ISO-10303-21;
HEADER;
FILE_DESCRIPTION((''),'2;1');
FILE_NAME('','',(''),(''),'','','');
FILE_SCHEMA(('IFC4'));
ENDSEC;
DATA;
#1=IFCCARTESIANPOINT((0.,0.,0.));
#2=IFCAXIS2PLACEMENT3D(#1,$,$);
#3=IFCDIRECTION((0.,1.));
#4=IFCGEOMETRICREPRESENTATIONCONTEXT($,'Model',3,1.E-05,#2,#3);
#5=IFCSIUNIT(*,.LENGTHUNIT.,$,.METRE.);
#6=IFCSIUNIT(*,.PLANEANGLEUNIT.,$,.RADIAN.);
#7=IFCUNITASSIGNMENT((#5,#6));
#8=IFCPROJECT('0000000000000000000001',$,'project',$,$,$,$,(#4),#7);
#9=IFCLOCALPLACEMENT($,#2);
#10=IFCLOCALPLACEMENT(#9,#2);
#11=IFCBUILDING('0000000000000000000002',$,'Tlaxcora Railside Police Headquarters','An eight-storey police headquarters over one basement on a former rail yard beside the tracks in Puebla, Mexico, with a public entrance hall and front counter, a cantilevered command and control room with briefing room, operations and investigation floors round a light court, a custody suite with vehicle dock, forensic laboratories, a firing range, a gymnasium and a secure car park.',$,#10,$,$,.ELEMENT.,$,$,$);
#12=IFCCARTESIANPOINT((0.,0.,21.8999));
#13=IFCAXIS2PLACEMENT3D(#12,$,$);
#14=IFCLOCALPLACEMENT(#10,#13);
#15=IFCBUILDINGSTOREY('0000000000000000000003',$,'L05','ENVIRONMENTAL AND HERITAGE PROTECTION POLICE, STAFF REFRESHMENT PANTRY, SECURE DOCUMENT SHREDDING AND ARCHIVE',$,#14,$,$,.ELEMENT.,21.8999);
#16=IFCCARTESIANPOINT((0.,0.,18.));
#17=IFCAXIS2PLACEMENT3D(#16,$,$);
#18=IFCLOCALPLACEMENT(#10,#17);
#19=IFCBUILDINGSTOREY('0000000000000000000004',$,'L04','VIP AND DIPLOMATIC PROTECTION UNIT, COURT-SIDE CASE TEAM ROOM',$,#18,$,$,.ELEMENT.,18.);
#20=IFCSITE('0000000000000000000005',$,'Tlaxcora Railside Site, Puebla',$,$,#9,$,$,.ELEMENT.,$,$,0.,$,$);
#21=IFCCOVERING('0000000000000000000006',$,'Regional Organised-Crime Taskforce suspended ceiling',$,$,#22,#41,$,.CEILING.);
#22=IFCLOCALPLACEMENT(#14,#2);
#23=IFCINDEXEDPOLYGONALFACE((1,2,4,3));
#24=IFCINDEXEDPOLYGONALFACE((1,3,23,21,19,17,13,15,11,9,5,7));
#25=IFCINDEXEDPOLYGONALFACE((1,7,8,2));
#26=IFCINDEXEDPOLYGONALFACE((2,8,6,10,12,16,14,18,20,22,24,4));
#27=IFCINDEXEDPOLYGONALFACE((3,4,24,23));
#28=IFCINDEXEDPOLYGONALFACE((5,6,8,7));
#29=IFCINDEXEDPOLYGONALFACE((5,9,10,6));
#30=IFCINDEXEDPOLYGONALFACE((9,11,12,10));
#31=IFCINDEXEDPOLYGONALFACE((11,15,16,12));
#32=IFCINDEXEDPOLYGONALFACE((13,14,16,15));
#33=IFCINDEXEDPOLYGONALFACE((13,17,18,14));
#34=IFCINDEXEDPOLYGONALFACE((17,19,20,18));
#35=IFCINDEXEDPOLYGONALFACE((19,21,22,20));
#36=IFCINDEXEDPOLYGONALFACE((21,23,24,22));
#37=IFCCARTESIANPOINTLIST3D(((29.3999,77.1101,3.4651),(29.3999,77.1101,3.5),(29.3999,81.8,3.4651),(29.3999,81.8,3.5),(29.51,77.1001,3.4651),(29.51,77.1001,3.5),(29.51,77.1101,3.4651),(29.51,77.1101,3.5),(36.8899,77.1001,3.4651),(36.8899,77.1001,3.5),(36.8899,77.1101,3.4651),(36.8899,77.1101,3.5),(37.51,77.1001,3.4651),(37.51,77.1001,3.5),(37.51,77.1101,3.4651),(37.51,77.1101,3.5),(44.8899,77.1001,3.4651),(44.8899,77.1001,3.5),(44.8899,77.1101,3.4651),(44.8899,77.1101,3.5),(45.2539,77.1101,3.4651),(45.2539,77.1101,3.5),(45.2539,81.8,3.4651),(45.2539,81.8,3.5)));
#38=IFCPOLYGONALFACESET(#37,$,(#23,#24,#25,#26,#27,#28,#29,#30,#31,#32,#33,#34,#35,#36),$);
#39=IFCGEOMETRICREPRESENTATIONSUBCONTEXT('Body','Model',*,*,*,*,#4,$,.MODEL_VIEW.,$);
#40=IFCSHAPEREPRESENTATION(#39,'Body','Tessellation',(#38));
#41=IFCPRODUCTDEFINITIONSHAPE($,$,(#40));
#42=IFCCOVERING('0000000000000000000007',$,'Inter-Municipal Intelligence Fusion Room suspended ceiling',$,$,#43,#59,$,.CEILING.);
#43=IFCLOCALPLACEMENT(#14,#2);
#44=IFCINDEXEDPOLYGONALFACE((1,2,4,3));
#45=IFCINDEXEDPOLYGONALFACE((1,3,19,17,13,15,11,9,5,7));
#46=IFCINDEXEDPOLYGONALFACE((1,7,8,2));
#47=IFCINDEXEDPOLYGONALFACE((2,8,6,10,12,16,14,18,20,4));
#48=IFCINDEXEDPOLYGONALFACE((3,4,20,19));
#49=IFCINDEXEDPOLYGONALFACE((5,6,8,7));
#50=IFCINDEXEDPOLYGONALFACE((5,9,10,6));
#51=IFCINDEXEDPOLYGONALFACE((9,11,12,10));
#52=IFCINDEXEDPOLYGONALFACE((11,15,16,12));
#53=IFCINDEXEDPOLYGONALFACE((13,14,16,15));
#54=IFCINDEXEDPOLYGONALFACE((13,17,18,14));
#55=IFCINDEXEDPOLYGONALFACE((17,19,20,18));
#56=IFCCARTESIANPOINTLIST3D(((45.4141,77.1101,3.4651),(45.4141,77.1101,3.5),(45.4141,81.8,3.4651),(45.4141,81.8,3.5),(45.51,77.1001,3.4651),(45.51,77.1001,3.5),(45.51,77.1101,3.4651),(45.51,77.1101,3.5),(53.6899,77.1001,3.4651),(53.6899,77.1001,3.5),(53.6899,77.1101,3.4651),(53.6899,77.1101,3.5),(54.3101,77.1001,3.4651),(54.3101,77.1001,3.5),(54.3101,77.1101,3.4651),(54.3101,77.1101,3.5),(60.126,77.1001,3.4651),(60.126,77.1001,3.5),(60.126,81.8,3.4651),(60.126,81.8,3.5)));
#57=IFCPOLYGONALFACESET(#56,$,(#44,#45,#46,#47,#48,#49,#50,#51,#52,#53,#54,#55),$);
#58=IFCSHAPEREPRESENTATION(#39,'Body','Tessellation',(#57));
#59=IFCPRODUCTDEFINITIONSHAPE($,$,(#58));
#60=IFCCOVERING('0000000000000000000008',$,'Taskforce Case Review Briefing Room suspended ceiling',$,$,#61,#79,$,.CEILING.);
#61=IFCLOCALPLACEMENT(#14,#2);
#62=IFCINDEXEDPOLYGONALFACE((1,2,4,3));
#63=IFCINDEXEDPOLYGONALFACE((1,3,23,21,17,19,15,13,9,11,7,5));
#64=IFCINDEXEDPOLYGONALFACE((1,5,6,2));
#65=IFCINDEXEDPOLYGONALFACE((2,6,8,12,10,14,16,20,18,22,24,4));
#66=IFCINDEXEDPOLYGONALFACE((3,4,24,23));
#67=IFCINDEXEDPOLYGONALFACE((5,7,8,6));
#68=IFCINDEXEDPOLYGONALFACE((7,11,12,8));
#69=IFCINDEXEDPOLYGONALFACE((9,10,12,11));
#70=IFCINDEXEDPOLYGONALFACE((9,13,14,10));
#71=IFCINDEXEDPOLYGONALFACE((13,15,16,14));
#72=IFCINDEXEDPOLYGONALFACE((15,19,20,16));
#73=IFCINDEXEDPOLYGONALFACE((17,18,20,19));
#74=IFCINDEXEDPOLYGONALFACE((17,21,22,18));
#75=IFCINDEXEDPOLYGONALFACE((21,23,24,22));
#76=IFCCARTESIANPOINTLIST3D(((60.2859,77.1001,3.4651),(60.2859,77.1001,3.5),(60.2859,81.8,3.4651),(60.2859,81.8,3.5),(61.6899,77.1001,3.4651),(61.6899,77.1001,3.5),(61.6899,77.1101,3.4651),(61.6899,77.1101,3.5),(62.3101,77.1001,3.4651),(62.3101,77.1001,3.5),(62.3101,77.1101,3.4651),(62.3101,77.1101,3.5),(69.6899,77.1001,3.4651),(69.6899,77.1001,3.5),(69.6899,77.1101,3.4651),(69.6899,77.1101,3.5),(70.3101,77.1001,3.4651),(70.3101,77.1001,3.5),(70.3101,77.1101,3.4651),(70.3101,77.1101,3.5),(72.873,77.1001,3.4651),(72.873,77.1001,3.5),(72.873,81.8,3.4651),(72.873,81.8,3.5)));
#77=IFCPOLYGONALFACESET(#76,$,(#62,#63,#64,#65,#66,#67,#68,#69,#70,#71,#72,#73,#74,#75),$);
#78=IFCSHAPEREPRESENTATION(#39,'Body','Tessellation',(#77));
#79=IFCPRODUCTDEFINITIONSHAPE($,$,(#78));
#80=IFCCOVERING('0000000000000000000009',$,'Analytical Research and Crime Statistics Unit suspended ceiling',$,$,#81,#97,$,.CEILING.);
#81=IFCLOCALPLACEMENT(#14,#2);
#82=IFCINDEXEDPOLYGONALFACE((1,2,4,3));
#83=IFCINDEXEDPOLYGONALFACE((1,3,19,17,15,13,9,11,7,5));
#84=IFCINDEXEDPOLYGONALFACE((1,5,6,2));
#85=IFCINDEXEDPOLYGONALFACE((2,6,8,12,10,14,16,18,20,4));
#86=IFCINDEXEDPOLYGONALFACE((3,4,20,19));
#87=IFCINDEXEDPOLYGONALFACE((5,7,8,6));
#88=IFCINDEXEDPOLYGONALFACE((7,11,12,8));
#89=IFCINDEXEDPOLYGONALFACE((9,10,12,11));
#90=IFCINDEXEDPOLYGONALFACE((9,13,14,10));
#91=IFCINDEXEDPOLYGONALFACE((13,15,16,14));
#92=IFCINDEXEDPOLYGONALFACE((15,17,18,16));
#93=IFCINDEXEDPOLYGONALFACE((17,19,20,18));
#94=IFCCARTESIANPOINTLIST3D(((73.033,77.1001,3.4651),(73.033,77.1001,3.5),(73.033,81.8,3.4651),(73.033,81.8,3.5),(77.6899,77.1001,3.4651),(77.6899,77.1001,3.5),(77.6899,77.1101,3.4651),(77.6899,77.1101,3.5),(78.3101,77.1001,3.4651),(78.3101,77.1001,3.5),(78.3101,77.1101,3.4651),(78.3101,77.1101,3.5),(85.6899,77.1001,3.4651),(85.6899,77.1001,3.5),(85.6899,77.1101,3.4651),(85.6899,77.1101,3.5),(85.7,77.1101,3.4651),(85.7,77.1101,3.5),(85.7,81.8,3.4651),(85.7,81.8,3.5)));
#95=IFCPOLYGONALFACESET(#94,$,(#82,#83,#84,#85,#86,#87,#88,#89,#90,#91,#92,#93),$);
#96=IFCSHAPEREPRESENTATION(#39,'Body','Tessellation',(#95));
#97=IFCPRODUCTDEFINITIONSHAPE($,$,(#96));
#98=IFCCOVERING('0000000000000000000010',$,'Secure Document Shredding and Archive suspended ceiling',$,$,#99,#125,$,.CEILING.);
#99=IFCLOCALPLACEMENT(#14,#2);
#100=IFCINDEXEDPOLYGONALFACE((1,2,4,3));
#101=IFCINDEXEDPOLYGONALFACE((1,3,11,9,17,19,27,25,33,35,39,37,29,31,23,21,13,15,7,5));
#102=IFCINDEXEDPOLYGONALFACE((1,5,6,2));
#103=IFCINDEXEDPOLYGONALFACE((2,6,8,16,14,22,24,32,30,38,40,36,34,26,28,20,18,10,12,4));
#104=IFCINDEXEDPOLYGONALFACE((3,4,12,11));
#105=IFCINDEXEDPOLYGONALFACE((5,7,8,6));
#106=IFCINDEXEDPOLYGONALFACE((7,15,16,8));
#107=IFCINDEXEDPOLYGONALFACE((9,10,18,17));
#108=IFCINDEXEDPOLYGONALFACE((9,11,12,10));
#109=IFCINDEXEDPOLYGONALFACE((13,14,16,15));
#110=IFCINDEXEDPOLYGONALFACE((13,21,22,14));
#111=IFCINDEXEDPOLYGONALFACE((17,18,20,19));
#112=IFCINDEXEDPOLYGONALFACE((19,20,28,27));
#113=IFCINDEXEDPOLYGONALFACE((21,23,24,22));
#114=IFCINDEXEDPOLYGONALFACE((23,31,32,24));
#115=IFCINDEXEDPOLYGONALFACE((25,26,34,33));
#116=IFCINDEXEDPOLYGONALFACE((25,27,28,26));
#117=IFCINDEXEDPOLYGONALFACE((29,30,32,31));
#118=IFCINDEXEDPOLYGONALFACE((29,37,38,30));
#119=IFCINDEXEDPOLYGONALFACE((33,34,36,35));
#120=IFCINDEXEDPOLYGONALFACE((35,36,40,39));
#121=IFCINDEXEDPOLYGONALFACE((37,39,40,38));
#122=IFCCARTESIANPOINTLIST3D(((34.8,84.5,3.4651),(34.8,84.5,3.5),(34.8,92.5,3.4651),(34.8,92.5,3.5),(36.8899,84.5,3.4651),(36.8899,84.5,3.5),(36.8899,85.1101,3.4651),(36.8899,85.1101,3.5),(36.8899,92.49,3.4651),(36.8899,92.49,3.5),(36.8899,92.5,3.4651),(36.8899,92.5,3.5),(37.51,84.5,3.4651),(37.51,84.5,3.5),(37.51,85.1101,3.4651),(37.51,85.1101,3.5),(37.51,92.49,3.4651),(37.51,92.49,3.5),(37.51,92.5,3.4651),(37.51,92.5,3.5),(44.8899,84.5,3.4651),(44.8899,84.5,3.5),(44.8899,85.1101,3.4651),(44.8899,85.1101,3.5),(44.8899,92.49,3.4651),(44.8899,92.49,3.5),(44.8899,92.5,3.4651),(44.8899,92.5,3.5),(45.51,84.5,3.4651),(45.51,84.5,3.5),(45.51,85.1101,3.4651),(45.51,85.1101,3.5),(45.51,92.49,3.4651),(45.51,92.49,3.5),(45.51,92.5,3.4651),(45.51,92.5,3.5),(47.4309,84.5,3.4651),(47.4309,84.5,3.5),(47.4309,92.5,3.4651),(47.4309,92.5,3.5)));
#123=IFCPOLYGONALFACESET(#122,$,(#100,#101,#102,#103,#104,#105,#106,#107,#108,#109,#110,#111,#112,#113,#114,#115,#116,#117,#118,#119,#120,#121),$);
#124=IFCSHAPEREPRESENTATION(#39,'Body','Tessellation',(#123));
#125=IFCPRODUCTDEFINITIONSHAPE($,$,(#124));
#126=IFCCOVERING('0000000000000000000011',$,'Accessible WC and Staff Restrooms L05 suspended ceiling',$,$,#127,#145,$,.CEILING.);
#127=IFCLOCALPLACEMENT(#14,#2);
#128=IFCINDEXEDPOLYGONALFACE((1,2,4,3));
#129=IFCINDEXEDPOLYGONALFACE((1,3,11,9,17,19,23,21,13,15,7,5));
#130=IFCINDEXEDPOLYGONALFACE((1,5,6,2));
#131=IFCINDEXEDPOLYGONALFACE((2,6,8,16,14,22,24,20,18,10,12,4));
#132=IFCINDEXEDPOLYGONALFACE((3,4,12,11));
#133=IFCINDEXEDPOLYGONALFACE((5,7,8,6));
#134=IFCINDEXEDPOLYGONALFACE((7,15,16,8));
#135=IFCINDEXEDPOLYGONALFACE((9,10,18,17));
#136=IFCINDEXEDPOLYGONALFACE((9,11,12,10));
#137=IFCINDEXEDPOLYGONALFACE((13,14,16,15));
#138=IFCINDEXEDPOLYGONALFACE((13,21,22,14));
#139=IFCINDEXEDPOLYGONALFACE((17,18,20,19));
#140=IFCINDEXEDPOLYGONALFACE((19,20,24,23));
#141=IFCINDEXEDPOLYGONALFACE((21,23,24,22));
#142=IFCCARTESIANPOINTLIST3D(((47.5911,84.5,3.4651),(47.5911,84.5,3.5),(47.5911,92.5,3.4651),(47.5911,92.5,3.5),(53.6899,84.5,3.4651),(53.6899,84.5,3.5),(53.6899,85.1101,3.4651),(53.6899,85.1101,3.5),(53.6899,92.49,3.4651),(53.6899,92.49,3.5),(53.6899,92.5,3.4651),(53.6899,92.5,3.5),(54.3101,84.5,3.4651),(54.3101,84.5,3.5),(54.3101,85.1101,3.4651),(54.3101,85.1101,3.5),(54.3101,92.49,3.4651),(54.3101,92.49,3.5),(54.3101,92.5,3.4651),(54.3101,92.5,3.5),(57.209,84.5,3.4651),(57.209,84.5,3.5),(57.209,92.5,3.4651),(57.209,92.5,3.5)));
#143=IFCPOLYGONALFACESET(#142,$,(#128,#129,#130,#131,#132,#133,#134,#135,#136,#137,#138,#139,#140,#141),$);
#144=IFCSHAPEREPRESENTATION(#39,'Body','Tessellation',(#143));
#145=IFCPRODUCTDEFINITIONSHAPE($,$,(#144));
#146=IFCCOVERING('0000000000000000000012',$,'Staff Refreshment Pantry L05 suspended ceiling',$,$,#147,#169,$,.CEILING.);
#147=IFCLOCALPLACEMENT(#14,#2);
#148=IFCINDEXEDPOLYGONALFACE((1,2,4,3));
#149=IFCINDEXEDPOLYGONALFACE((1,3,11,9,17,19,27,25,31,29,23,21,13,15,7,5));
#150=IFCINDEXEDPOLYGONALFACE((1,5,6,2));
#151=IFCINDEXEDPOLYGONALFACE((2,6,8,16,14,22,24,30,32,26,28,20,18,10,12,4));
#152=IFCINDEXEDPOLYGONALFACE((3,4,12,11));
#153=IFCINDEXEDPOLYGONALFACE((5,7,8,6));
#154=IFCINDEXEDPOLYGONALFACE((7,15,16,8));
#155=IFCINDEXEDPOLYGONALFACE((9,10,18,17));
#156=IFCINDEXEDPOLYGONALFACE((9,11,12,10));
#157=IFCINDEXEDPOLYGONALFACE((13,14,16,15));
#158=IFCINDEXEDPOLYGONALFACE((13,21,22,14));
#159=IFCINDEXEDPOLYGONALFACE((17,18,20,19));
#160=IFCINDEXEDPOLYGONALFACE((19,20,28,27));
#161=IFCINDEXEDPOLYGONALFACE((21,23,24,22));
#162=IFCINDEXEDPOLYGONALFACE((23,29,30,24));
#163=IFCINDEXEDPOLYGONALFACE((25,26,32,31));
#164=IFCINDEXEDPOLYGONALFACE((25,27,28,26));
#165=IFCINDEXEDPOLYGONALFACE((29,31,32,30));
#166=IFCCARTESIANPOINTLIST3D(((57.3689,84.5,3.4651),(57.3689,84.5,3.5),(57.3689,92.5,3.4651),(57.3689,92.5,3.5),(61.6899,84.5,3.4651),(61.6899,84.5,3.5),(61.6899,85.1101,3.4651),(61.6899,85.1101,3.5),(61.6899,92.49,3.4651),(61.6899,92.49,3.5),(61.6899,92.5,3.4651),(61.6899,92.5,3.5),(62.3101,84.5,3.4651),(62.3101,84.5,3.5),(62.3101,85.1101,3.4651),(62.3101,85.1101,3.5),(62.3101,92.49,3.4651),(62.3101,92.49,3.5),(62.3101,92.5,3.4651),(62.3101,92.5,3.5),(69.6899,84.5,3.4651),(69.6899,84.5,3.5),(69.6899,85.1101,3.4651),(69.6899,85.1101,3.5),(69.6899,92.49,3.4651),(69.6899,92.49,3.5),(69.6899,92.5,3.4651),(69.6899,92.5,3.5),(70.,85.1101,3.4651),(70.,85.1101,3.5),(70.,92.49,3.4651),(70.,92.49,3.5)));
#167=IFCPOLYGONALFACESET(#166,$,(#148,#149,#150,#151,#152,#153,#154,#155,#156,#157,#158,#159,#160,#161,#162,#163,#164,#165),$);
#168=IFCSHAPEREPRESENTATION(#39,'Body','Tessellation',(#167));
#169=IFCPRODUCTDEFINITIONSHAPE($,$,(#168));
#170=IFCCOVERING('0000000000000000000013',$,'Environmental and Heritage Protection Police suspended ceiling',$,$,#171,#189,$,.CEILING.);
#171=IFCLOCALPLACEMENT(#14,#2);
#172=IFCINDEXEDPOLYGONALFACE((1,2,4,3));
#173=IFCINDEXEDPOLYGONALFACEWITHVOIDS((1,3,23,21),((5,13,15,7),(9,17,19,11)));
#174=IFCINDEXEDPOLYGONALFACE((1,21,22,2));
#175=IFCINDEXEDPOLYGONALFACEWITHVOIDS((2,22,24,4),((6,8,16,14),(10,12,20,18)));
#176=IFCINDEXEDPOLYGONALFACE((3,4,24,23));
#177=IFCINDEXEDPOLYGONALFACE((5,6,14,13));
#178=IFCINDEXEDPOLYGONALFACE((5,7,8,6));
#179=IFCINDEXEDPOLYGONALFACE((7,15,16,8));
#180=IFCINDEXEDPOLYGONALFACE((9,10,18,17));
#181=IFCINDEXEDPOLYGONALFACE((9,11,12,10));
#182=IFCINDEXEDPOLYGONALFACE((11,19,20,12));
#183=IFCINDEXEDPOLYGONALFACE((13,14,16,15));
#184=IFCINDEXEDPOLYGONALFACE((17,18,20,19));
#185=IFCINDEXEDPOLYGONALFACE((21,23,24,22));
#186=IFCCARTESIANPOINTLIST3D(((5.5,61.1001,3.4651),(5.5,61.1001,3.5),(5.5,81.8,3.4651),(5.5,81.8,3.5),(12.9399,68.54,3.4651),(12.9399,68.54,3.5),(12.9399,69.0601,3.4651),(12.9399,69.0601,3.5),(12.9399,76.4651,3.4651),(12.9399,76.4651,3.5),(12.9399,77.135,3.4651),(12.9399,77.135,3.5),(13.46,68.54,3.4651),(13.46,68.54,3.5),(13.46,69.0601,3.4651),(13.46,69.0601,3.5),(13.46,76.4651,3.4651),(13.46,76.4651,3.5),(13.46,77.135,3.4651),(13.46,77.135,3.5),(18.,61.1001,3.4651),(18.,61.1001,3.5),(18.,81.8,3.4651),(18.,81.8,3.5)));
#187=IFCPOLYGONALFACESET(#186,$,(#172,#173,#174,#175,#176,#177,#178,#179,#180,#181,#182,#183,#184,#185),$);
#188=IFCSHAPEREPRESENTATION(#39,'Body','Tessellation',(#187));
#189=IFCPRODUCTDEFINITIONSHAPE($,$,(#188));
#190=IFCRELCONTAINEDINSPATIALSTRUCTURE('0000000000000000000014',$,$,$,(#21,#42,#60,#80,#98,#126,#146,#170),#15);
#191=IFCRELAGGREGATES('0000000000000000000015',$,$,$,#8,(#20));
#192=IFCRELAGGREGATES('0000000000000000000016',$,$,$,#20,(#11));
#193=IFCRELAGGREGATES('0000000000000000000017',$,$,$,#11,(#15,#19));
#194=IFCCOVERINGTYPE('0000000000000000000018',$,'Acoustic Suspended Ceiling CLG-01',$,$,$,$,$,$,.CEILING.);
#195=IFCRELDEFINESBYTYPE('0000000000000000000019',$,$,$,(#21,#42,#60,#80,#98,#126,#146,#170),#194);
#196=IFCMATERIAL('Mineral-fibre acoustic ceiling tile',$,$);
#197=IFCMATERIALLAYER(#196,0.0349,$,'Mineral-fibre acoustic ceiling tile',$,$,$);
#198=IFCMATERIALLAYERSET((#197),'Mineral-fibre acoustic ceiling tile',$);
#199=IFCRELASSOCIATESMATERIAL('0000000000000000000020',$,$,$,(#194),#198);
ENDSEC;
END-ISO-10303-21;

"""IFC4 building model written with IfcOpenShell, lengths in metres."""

from ifc_helpers import new_model, si_unit, direction, frame, origin, place, context, subcontext, project, spatial, polyline, outline, extrude, material, layer, layer_set, type_object, element, save


model = new_model("IFC4")

# Units and contexts
model_context = context("Model", 3, precision=1e-05, world=origin(), true_north=direction((0.0, 1.0)))
body_context = subcontext(model_context, "Body", "Model", "MODEL_VIEW")
ifc_project = project(units=[si_unit("LENGTHUNIT", "METRE"), si_unit("PLANEANGLEUNIT", "RADIAN")], contexts=[model_context])

# Site, building, storey
site_placement = place(None, origin())
site = spatial("IfcSite", under=ifc_project, at=site_placement, Name="Tlaxcora Railside Site, Puebla", CompositionType="ELEMENT", RefElevation=0.0)
building_placement = place(site_placement, origin())
building = spatial("IfcBuilding", under=site, at=building_placement, Name="Tlaxcora Railside Police Headquarters", Description="An eight-storey police headquarters over one basement on a former rail yard beside the tracks in Puebla, Mexico, with a public entrance hall and front counter, a cantilevered command and control room with briefing room, operations and investigation floors round a light court, a custody suite with vehicle dock, forensic laboratories, a firing range, a gymnasium and a secure car park.", CompositionType="ELEMENT")
storey_1_placement = place(building_placement, frame((0.0, 0.0, 21.8999)))
storey_1 = spatial("IfcBuildingStorey", under=building, at=storey_1_placement, Name="L05", Description="ENVIRONMENTAL AND HERITAGE PROTECTION POLICE, STAFF REFRESHMENT PANTRY, SECURE DOCUMENT SHREDDING AND ARCHIVE", CompositionType="ELEMENT", Elevation=21.8999)

# Shared definitions
storey_2_placement = place(building_placement, frame((0.0, 0.0, 18.0)))
storey_2 = spatial("IfcBuildingStorey", under=building, at=storey_2_placement, Name="L04", Description="VIP AND DIPLOMATIC PROTECTION UNIT, COURT-SIDE CASE TEAM ROOM", CompositionType="ELEMENT", Elevation=18.0)

# Coverings
ifc_material_1 = material(Name="Mineral-fibre acoustic ceiling tile")
ifc_layer_1 = layer(ifc_material_1, 0.0349, Name="Mineral-fibre acoustic ceiling tile")
ifc_layer_set_1 = layer_set([ifc_layer_1], Name="Mineral-fibre acoustic ceiling tile")
covering_type_1 = type_object("IfcCoveringType", Name="Acoustic Suspended Ceiling CLG-01", PredefinedType="CEILING", material=ifc_layer_set_1)
covering_1_placement = place(storey_1_placement, frame((0.0, 0.0, 3.4651)))
element("IfcCovering", 1, at=covering_1_placement, inside=storey_1, type_object=covering_type_1, Name="Regional Organised-Crime Taskforce suspended ceiling", PredefinedType="CEILING", context=body_context, shape_type="SweptSolid", body=[
    extrude(outline(polyline([(37.51, 77.1001), (44.8899, 77.1001), (44.8899, 77.1101), (45.2539, 77.1101), (45.2539, 81.8), (29.3999, 81.8), (29.3999, 77.1101), (29.51, 77.1101), (29.51, 77.1001), (36.8899, 77.1001), (36.8899, 77.1101), (37.51, 77.1101), (37.51, 77.1001)])), origin(), (0.0, 0.0, 1.0), 0.0349),
])
covering_2_placement = place(storey_1_placement, frame((0.0, 0.0, 3.4651)))
element("IfcCovering", 2, at=covering_2_placement, inside=storey_1, type_object=covering_type_1, Name="Inter-Municipal Intelligence Fusion Room suspended ceiling", PredefinedType="CEILING", context=body_context, shape_type="SweptSolid", body=[
    extrude(outline(polyline([(60.126, 77.1001), (60.126, 81.8), (45.4141, 81.8), (45.4141, 77.1101), (45.51, 77.1101), (45.51, 77.1001), (53.6899, 77.1001), (53.6899, 77.1101), (54.3101, 77.1101), (54.3101, 77.1001), (60.126, 77.1001)])), origin(), (0.0, 0.0, 1.0), 0.0349),
])
covering_3_placement = place(storey_1_placement, frame((0.0, 0.0, 3.4651)))
element("IfcCovering", 3, at=covering_3_placement, inside=storey_1, type_object=covering_type_1, Name="Taskforce Case Review Briefing Room suspended ceiling", PredefinedType="CEILING", context=body_context, shape_type="SweptSolid", body=[
    extrude(outline(polyline([(72.873, 77.1001), (72.873, 81.8), (60.2859, 81.8), (60.2859, 77.1001), (61.6899, 77.1001), (61.6899, 77.1101), (62.3101, 77.1101), (62.3101, 77.1001), (69.6899, 77.1001), (69.6899, 77.1101), (70.3101, 77.1101), (70.3101, 77.1001), (72.873, 77.1001)])), origin(), (0.0, 0.0, 1.0), 0.0349),
])
covering_4_placement = place(storey_1_placement, frame((0.0, 0.0, 3.4651)))
element("IfcCovering", 4, at=covering_4_placement, inside=storey_1, type_object=covering_type_1, Name="Analytical Research and Crime Statistics Unit suspended ceiling", PredefinedType="CEILING", context=body_context, shape_type="SweptSolid", body=[
    extrude(outline(polyline([(85.6899, 77.1001), (85.6899, 77.1101), (85.7, 77.1101), (85.7, 81.8), (73.033, 81.8), (73.033, 77.1001), (77.6899, 77.1001), (77.6899, 77.1101), (78.3101, 77.1101), (78.3101, 77.1001), (85.6899, 77.1001)])), origin(), (0.0, 0.0, 1.0), 0.0349),
])
covering_5_placement = place(storey_1_placement, frame((0.0, 0.0, 3.4651)))
element("IfcCovering", 5, at=covering_5_placement, inside=storey_1, type_object=covering_type_1, Name="Secure Document Shredding and Archive suspended ceiling", PredefinedType="CEILING", context=body_context, shape_type="SweptSolid", body=[
    extrude(outline(polyline([(37.51, 85.1101), (37.51, 84.5), (44.8899, 84.5), (44.8899, 85.1101), (45.51, 85.1101), (45.51, 84.5), (47.4309, 84.5), (47.4309, 92.5), (45.51, 92.5), (45.51, 92.49), (44.8899, 92.49), (44.8899, 92.5), (37.51, 92.5), (37.51, 92.49), (36.8899, 92.49), (36.8899, 92.5), (34.8, 92.5), (34.8, 84.5), (36.8899, 84.5), (36.8899, 85.1101), (37.51, 85.1101)])), origin(), (0.0, 0.0, 1.0), 0.0349),
])
covering_6_placement = place(storey_1_placement, frame((0.0, 0.0, 3.4651)))
element("IfcCovering", 6, at=covering_6_placement, inside=storey_1, type_object=covering_type_1, Name="Accessible WC and Staff Restrooms L05 suspended ceiling", PredefinedType="CEILING", context=body_context, shape_type="SweptSolid", body=[
    extrude(outline(polyline([(57.209, 84.5), (57.209, 92.5), (54.3101, 92.5), (54.3101, 92.49), (53.6899, 92.49), (53.6899, 92.5), (47.5911, 92.5), (47.5911, 84.5), (53.6899, 84.5), (53.6899, 85.1101), (54.3101, 85.1101), (54.3101, 84.5), (57.209, 84.5)])), origin(), (0.0, 0.0, 1.0), 0.0349),
])
covering_7_placement = place(storey_1_placement, frame((0.0, 0.0, 3.4651)))
element("IfcCovering", 7, at=covering_7_placement, inside=storey_1, type_object=covering_type_1, Name="Staff Refreshment Pantry L05 suspended ceiling", PredefinedType="CEILING", context=body_context, shape_type="SweptSolid", body=[
    extrude(outline(polyline([(62.3101, 85.1101), (62.3101, 84.5), (69.6899, 84.5), (69.6899, 85.1101), (70.0, 85.1101), (70.0, 92.49), (69.6899, 92.49), (69.6899, 92.5), (62.3101, 92.5), (62.3101, 92.49), (61.6899, 92.49), (61.6899, 92.5), (57.3689, 92.5), (57.3689, 84.5), (61.6899, 84.5), (61.6899, 85.1101), (62.3101, 85.1101)])), origin(), (0.0, 0.0, 1.0), 0.0349),
])
covering_8_placement = place(storey_1_placement, frame((0.0, 0.0, 3.4651)))
element("IfcCovering", 8, at=covering_8_placement, inside=storey_1, type_object=covering_type_1, Name="Environmental and Heritage Protection Police suspended ceiling", PredefinedType="CEILING", context=body_context, shape_type="SweptSolid", body=[
    extrude(outline(polyline([(18.0, 61.1001), (18.0, 81.8), (5.5, 81.8), (5.5, 61.1001), (18.0, 61.1001)]), holes=[polyline([(13.46, 69.0601), (13.46, 68.54), (12.9399, 68.54), (12.9399, 69.0601), (13.46, 69.0601)]), polyline([(13.46, 76.4651), (12.9399, 76.4651), (12.9399, 77.135), (13.46, 77.135), (13.46, 76.4651)])]), origin(), (0.0, 0.0, 1.0), 0.0349),
])

save(model, "model.ifc")
